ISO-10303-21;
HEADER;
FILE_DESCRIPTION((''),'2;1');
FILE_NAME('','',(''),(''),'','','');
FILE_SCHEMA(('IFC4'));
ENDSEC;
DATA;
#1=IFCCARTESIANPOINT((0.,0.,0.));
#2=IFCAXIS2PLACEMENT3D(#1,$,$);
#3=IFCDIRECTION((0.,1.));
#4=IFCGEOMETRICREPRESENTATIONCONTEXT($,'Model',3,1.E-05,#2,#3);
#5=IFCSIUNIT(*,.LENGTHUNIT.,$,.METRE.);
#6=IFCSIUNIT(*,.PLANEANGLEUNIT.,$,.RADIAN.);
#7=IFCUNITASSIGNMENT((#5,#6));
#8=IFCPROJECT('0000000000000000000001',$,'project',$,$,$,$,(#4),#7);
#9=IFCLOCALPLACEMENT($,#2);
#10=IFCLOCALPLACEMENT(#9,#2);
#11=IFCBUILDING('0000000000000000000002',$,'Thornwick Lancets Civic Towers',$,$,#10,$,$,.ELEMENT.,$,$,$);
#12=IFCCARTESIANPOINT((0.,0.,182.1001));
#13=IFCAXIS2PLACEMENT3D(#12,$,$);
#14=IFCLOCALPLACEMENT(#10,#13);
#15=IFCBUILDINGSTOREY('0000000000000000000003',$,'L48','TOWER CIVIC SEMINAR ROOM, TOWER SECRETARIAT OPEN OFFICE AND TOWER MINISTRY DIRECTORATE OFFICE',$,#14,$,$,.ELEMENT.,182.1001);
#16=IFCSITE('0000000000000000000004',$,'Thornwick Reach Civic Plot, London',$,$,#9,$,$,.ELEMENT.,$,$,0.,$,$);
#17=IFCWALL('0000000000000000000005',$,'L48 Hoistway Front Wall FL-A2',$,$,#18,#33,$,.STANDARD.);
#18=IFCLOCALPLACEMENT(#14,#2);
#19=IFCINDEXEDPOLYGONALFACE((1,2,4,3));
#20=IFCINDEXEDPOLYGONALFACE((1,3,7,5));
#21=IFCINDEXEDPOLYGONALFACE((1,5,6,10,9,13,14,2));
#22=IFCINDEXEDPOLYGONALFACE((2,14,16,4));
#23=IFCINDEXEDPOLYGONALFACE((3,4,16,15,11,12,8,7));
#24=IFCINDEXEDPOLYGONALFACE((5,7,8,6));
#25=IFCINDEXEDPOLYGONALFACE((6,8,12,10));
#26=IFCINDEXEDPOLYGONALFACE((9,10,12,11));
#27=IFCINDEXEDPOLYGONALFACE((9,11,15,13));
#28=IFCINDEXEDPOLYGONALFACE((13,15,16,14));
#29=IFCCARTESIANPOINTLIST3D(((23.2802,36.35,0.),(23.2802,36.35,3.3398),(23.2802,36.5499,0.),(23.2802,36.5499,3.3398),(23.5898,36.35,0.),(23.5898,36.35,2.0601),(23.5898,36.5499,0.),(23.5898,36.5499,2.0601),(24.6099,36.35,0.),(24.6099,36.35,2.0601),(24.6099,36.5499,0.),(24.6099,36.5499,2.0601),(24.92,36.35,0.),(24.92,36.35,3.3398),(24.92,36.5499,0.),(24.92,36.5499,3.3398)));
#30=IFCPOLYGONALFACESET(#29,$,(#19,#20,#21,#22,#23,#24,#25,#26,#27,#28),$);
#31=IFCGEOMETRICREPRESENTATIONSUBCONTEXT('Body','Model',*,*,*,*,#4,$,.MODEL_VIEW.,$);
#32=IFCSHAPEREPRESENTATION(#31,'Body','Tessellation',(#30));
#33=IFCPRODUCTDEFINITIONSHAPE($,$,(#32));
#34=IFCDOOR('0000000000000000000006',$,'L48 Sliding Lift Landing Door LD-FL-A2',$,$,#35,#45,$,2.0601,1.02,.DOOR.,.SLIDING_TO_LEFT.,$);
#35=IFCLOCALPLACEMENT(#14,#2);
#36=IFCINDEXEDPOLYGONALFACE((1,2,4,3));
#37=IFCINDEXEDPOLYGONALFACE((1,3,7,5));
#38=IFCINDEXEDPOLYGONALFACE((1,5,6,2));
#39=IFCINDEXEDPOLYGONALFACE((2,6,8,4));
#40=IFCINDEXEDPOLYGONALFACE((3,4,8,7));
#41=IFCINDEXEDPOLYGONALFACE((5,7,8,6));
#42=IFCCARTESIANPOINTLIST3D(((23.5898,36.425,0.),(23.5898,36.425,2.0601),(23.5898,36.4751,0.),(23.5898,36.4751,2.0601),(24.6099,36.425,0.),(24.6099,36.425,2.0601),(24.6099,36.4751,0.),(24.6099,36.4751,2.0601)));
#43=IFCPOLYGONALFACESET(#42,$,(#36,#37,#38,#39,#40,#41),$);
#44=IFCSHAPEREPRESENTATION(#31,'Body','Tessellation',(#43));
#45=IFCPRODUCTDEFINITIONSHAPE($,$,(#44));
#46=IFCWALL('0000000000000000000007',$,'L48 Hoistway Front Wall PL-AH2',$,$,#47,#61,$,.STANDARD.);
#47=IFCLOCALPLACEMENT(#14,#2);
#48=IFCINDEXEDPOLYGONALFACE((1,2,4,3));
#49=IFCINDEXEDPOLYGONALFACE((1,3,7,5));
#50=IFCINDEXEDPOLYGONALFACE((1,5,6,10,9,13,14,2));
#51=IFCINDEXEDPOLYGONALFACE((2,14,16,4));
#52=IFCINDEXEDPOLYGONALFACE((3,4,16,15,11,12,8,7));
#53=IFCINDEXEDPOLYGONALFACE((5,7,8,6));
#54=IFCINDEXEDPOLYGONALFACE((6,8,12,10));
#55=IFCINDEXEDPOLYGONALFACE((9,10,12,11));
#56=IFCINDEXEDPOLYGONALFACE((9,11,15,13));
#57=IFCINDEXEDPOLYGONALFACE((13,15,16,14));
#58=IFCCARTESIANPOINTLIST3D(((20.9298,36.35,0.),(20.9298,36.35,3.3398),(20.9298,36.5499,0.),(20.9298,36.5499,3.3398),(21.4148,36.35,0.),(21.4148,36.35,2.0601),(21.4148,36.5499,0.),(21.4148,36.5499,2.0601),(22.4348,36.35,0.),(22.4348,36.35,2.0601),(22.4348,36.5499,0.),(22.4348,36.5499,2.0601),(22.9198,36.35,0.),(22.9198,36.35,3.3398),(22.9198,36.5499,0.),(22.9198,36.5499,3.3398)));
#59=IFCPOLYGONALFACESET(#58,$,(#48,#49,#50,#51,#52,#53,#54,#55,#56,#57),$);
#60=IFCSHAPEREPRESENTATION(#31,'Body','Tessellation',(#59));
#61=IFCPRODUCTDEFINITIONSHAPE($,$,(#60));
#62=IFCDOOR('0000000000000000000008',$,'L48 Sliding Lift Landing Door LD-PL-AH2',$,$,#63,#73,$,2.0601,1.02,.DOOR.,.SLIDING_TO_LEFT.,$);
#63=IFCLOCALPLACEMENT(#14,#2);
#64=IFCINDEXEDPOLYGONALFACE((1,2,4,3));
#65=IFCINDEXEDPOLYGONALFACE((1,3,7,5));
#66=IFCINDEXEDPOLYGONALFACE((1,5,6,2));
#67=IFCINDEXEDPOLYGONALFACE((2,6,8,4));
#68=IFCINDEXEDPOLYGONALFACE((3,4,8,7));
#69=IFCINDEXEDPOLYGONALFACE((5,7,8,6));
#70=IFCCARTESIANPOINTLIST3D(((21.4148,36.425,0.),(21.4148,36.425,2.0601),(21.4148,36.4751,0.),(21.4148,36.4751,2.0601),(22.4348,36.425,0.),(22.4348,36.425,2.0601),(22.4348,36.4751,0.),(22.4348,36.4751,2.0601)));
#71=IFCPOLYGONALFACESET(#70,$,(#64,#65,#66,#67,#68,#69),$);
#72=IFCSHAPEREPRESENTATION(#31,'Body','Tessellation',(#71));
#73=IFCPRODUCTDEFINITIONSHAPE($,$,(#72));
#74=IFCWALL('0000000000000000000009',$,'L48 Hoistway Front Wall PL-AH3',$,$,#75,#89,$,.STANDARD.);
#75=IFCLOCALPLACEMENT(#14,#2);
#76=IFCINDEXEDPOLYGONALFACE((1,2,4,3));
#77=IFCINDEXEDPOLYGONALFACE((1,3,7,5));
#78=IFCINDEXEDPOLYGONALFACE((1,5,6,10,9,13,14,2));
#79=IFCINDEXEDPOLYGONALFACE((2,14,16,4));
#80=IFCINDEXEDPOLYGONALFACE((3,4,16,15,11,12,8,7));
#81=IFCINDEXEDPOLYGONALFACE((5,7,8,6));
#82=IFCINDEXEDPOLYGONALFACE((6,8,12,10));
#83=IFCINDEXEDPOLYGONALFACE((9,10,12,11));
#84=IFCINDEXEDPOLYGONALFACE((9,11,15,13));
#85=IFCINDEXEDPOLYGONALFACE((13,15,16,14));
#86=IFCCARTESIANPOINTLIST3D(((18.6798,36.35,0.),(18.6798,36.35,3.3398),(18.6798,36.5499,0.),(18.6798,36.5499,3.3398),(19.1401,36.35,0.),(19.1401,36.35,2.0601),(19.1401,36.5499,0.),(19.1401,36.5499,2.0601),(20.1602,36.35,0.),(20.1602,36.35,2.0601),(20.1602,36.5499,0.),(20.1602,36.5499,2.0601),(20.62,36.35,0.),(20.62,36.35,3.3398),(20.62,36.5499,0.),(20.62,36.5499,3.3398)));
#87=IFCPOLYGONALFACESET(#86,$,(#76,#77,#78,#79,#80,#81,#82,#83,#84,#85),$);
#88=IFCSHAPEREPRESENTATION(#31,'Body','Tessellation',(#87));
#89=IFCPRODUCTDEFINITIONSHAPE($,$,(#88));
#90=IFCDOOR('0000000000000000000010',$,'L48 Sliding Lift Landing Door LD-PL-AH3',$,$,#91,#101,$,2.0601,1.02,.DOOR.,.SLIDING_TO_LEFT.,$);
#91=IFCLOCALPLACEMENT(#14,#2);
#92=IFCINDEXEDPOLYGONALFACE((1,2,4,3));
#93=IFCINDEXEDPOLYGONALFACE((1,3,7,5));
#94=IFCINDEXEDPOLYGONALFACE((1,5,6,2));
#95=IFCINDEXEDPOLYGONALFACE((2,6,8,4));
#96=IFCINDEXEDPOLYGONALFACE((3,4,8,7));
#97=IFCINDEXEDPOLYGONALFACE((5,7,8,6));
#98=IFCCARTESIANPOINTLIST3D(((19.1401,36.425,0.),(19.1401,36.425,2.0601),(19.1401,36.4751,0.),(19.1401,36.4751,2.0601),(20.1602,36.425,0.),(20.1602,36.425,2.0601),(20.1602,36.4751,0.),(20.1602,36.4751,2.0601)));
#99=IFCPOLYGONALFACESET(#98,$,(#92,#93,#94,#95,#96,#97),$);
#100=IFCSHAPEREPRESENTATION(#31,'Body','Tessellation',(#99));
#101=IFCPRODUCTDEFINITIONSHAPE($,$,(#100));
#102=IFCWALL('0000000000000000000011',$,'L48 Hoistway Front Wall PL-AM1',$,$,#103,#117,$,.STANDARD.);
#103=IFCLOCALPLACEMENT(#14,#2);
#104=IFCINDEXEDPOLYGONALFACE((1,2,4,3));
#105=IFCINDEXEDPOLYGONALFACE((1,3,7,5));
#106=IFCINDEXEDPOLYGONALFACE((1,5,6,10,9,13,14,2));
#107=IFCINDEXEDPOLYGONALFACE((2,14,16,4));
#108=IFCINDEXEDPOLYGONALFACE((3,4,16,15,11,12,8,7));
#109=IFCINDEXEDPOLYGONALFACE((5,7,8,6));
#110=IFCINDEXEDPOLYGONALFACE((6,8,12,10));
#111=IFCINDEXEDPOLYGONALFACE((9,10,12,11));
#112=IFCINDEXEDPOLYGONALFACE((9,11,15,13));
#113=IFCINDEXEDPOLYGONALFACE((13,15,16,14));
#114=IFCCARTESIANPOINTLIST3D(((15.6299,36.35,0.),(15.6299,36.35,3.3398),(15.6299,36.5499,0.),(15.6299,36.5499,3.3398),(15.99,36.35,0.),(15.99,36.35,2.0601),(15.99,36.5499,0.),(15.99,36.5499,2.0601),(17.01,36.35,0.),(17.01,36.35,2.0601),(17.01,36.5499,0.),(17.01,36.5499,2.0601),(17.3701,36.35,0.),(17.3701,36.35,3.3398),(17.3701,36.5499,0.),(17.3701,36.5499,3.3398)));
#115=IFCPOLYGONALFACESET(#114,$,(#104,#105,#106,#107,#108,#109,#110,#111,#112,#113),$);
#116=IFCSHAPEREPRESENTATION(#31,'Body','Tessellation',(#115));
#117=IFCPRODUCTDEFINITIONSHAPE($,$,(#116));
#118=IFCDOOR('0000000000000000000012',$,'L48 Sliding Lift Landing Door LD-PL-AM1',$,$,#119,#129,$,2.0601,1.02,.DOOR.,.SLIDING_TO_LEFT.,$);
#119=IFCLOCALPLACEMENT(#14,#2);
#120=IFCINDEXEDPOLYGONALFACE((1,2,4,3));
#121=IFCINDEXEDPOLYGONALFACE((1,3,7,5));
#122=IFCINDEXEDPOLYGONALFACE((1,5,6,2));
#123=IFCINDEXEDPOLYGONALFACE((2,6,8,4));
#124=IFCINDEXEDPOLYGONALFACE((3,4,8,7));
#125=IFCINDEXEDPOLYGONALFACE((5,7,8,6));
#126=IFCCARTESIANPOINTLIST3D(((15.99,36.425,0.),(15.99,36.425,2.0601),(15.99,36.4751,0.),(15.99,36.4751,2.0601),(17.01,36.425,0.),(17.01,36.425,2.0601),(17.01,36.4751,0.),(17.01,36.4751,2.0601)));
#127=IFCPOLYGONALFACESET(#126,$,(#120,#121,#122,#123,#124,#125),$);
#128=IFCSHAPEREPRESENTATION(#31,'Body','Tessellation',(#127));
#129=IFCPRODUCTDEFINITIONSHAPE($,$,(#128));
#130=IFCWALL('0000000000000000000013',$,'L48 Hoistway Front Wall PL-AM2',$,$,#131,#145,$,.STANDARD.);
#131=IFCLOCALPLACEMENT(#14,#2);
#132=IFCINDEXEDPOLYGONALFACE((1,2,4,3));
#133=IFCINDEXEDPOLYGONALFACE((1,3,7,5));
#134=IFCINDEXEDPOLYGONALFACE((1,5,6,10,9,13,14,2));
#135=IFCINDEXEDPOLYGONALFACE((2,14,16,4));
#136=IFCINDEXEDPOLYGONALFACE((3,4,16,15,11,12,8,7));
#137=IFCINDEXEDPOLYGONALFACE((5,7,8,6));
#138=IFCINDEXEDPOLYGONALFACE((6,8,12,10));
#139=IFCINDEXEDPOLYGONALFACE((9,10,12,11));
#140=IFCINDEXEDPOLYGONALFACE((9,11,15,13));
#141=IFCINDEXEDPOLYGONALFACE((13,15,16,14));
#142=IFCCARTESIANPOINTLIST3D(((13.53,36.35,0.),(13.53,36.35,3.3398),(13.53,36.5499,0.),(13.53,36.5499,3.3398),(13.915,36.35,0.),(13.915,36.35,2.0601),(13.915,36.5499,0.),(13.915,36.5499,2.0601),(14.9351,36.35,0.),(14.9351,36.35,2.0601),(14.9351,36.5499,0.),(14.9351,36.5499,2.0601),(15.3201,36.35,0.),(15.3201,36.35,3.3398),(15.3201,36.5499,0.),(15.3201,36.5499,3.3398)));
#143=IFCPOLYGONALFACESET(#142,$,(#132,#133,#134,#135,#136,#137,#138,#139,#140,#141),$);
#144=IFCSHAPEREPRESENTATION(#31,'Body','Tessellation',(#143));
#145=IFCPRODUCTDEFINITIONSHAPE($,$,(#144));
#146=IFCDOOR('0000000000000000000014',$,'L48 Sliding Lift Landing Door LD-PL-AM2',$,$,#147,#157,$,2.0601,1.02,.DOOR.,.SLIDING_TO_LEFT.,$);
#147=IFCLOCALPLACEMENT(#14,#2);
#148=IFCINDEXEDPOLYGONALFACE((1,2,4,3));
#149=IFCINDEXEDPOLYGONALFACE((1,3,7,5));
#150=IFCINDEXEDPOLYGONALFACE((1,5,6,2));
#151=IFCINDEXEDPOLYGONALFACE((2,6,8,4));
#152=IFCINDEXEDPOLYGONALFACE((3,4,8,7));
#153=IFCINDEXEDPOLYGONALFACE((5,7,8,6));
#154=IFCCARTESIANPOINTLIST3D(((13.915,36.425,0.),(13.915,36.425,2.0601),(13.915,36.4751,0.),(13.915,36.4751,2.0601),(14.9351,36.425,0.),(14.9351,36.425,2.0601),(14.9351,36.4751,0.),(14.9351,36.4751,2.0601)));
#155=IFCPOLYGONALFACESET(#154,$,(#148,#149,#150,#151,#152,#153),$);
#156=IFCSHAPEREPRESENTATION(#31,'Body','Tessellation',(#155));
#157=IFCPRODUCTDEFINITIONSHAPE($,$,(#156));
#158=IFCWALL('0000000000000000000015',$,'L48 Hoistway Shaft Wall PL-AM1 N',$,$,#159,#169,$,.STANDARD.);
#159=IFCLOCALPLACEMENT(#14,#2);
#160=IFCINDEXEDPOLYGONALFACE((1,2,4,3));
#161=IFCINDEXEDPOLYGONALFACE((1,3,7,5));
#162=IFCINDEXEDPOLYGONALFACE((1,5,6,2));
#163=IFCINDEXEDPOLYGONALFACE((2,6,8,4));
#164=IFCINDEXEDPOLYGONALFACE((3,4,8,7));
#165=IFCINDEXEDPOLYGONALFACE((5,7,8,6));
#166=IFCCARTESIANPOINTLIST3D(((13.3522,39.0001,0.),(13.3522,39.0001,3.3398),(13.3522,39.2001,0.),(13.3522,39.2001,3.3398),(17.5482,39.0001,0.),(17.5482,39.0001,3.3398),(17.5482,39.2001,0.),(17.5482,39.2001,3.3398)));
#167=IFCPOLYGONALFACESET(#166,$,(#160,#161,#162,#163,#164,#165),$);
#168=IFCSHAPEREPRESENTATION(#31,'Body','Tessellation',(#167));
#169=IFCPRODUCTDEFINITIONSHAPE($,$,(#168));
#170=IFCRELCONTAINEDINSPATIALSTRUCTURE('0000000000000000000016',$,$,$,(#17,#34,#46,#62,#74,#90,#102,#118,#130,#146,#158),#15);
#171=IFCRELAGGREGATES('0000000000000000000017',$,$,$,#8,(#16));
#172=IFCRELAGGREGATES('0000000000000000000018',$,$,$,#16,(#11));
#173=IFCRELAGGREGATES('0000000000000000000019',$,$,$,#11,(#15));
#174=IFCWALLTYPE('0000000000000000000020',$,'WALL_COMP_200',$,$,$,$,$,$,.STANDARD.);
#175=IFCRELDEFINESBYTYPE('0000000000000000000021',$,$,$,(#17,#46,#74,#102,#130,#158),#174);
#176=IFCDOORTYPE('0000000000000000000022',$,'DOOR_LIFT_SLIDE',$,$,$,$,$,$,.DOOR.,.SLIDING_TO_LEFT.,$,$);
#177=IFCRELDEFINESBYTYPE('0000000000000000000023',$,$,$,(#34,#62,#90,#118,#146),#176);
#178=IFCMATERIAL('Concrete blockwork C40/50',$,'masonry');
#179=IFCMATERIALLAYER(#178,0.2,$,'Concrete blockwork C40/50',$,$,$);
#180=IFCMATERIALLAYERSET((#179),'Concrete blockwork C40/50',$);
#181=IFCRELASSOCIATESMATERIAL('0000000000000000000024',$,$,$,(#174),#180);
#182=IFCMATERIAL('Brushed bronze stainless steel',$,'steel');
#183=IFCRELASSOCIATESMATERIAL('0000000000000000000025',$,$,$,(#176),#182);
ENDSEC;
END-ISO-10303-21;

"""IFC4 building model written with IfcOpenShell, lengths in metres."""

from ifc_helpers import new_model, si_unit, direction, frame, frame_2d, origin, place, context, subcontext, project, spatial, rectangle, extrude, material, layer, layer_set, type_object, element, fill, save


model = new_model("IFC4")

# Units and contexts
model_context = context("Model", 3, precision=1e-05, world=origin(), true_north=direction((0.0, 1.0)))
body_context = subcontext(model_context, "Body", "Model", "MODEL_VIEW")
ifc_project = project(units=[si_unit("LENGTHUNIT", "METRE"), si_unit("PLANEANGLEUNIT", "RADIAN")], contexts=[model_context])

# Site, building, storey
site_placement = place(None, origin())
site = spatial("IfcSite", under=ifc_project, at=site_placement, Name="Thornwick Reach Civic Plot, London", CompositionType="ELEMENT", RefElevation=0.0)
building_placement = place(site_placement, origin())
building = spatial("IfcBuilding", under=site, at=building_placement, Name="Thornwick Lancets Civic Towers", CompositionType="ELEMENT")
storey_placement = place(building_placement, frame((0.0, 0.0, 182.1001)))
storey = spatial("IfcBuildingStorey", under=building, at=storey_placement, Name="L48", Description="TOWER CIVIC SEMINAR ROOM, TOWER SECRETARIAT OPEN OFFICE AND TOWER MINISTRY DIRECTORATE OFFICE", CompositionType="ELEMENT", Elevation=182.1001)

# Walls, openings, doors
ifc_material_1 = material(Name="Concrete blockwork C40/50", Category="masonry")
ifc_layer_1 = layer(ifc_material_1, 0.2, Name="Concrete blockwork C40/50")
ifc_layer_set_1 = layer_set([ifc_layer_1], Name="Concrete blockwork C40/50")
wall_type_1 = type_object("IfcWallType", Name="WALL_COMP_200", PredefinedType="STANDARD", material=ifc_layer_set_1)
wall_1_placement = place(storey_placement, frame((24.9199, 36.45, 0.0), z_axis=(0.0, 0.0, 1.0), x_axis=(-1.0, 0.0, 0.0)))
wall_1 = element("IfcWall", 1, at=wall_1_placement, inside=storey, type_object=wall_type_1, Name="L48 Hoistway Front Wall FL-A2", PredefinedType="STANDARD", context=body_context, shape_type="SweptSolid", body=[
    extrude(rectangle(XDim=1.6399, YDim=0.2, at=frame_2d((0.8198, 0.0))), origin(), (0.0, 0.0, 1.0), 3.3398),
])
opening_1_placement = place(wall_1_placement, frame((0.3101, 0.0, 0.0)))
opening_1 = element("IfcOpeningElement", 2, at=opening_1_placement, cuts=wall_1, PredefinedType="OPENING", context=body_context, shape_type="SweptSolid", body=[
    extrude(rectangle(XDim=1.02, YDim=2.0601, at=frame_2d((0.51, 1.03))), frame((0.0, 0.1099, 0.0), z_axis=(0.0, -1.0, 0.0), x_axis=(1.0, 0.0, 0.0)), (0.0, 0.0, 1.0), 0.22),
])
ifc_material_2 = material(Name="Brushed bronze stainless steel", Category="steel")
door_type = type_object("IfcDoorType", Name="DOOR_LIFT_SLIDE", OperationType="SLIDING_TO_LEFT", PredefinedType="DOOR", material=ifc_material_2)
door_1_placement = place(opening_1_placement, origin())
door_1 = element("IfcDoor", 3, at=door_1_placement, inside=storey, type_object=door_type, Name="L48 Sliding Lift Landing Door LD-FL-A2", OperationType="SLIDING_TO_LEFT", OverallHeight=2.0601, OverallWidth=1.02, PredefinedType="DOOR", context=body_context, shape_type="SweptSolid", body=[
    extrude(rectangle(XDim=1.02, YDim=2.0601, at=frame_2d((0.51, 1.03))), frame((0.0, 0.0249, 0.0), z_axis=(0.0, -1.0, 0.0), x_axis=(1.0, 0.0, 0.0)), (0.0, 0.0, 1.0), 0.05),
])
fill(opening_1, door_1)
wall_2_placement = place(storey_placement, frame((22.9199, 36.45, 0.0), z_axis=(0.0, 0.0, 1.0), x_axis=(-1.0, 0.0, 0.0)))
wall_2 = element("IfcWall", 4, at=wall_2_placement, inside=storey, type_object=wall_type_1, Name="L48 Hoistway Front Wall PL-AH2", PredefinedType="STANDARD", context=body_context, shape_type="SweptSolid", body=[
    extrude(rectangle(XDim=1.99, YDim=0.2, at=frame_2d((0.9951, 0.0))), origin(), (0.0, 0.0, 1.0), 3.3398),
])
opening_2_placement = place(wall_2_placement, frame((0.4851, 0.0, 0.0)))
opening_2 = element("IfcOpeningElement", 5, at=opening_2_placement, cuts=wall_2, PredefinedType="OPENING", context=body_context, shape_type="SweptSolid", body=[
    extrude(rectangle(XDim=1.02, YDim=2.0601, at=frame_2d((0.51, 1.03))), frame((0.0, 0.1099, 0.0), z_axis=(0.0, -1.0, 0.0), x_axis=(1.0, 0.0, 0.0)), (0.0, 0.0, 1.0), 0.22),
])
door_2_placement = place(opening_2_placement, origin())
door_2 = element("IfcDoor", 6, at=door_2_placement, inside=storey, type_object=door_type, Name="L48 Sliding Lift Landing Door LD-PL-AH2", OperationType="SLIDING_TO_LEFT", OverallHeight=2.0601, OverallWidth=1.02, PredefinedType="DOOR", context=body_context, shape_type="SweptSolid", body=[
    extrude(rectangle(XDim=1.02, YDim=2.0601, at=frame_2d((0.51, 1.03))), frame((0.0, 0.0249, 0.0), z_axis=(0.0, -1.0, 0.0), x_axis=(1.0, 0.0, 0.0)), (0.0, 0.0, 1.0), 0.05),
])
fill(opening_2, door_2)
wall_3_placement = place(storey_placement, frame((20.6201, 36.45, 0.0), z_axis=(0.0, 0.0, 1.0), x_axis=(-1.0, 0.0, 0.0)))
wall_3 = element("IfcWall", 7, at=wall_3_placement, inside=storey, type_object=wall_type_1, Name="L48 Hoistway Front Wall PL-AH3", PredefinedType="STANDARD", context=body_context, shape_type="SweptSolid", body=[
    extrude(rectangle(XDim=1.9402, YDim=0.2, at=frame_2d((0.9702, 0.0))), origin(), (0.0, 0.0, 1.0), 3.3398),
])
opening_3_placement = place(wall_3_placement, frame((0.46, 0.0, 0.0)))
opening_3 = element("IfcOpeningElement", 8, at=opening_3_placement, cuts=wall_3, PredefinedType="OPENING", context=body_context, shape_type="SweptSolid", body=[
    extrude(rectangle(XDim=1.02, YDim=2.0601, at=frame_2d((0.51, 1.03))), frame((0.0, 0.1099, 0.0), z_axis=(0.0, -1.0, 0.0), x_axis=(1.0, 0.0, 0.0)), (0.0, 0.0, 1.0), 0.22),
])
door_3_placement = place(opening_3_placement, origin())
door_3 = element("IfcDoor", 9, at=door_3_placement, inside=storey, type_object=door_type, Name="L48 Sliding Lift Landing Door LD-PL-AH3", OperationType="SLIDING_TO_LEFT", OverallHeight=2.0601, OverallWidth=1.02, PredefinedType="DOOR", context=body_context, shape_type="SweptSolid", body=[
    extrude(rectangle(XDim=1.02, YDim=2.0601, at=frame_2d((0.51, 1.03))), frame((0.0, 0.0249, 0.0), z_axis=(0.0, -1.0, 0.0), x_axis=(1.0, 0.0, 0.0)), (0.0, 0.0, 1.0), 0.05),
])
fill(opening_3, door_3)
wall_4_placement = place(storey_placement, frame((17.3701, 36.45, 0.0), z_axis=(0.0, 0.0, 1.0), x_axis=(-1.0, 0.0, 0.0)))
wall_4 = element("IfcWall", 10, at=wall_4_placement, inside=storey, type_object=wall_type_1, Name="L48 Hoistway Front Wall PL-AM1", PredefinedType="STANDARD", context=body_context, shape_type="SweptSolid", body=[
    extrude(rectangle(XDim=1.7402, YDim=0.2, at=frame_2d((0.8701, 0.0))), origin(), (0.0, 0.0, 1.0), 3.3398),
])
opening_4_placement = place(wall_4_placement, frame((0.3601, 0.0, 0.0)))
opening_4 = element("IfcOpeningElement", 11, at=opening_4_placement, cuts=wall_4, PredefinedType="OPENING", context=body_context, shape_type="SweptSolid", body=[
    extrude(rectangle(XDim=1.02, YDim=2.0601, at=frame_2d((0.51, 1.03))), frame((0.0, 0.1099, 0.0), z_axis=(0.0, -1.0, 0.0), x_axis=(1.0, 0.0, 0.0)), (0.0, 0.0, 1.0), 0.22),
])
door_4_placement = place(opening_4_placement, origin())
door_4 = element("IfcDoor", 12, at=door_4_placement, inside=storey, type_object=door_type, Name="L48 Sliding Lift Landing Door LD-PL-AM1", OperationType="SLIDING_TO_LEFT", OverallHeight=2.0601, OverallWidth=1.02, PredefinedType="DOOR", context=body_context, shape_type="SweptSolid", body=[
    extrude(rectangle(XDim=1.02, YDim=2.0601, at=frame_2d((0.51, 1.03))), frame((0.0, 0.0249, 0.0), z_axis=(0.0, -1.0, 0.0), x_axis=(1.0, 0.0, 0.0)), (0.0, 0.0, 1.0), 0.05),
])
fill(opening_4, door_4)
wall_5_placement = place(storey_placement, frame((15.3201, 36.45, 0.0), z_axis=(0.0, 0.0, 1.0), x_axis=(-1.0, 0.0, 0.0)))
wall_5 = element("IfcWall", 13, at=wall_5_placement, inside=storey, type_object=wall_type_1, Name="L48 Hoistway Front Wall PL-AM2", PredefinedType="STANDARD", context=body_context, shape_type="SweptSolid", body=[
    extrude(rectangle(XDim=1.79, YDim=0.2, at=frame_2d((0.895, 0.0))), origin(), (0.0, 0.0, 1.0), 3.3398),
])
opening_5_placement = place(wall_5_placement, frame((0.385, 0.0, 0.0)))
opening_5 = element("IfcOpeningElement", 14, at=opening_5_placement, cuts=wall_5, PredefinedType="OPENING", context=body_context, shape_type="SweptSolid", body=[
    extrude(rectangle(XDim=1.02, YDim=2.0601, at=frame_2d((0.51, 1.03))), frame((0.0, 0.1099, 0.0), z_axis=(0.0, -1.0, 0.0), x_axis=(1.0, 0.0, 0.0)), (0.0, 0.0, 1.0), 0.22),
])
door_5_placement = place(opening_5_placement, origin())
door_5 = element("IfcDoor", 15, at=door_5_placement, inside=storey, type_object=door_type, Name="L48 Sliding Lift Landing Door LD-PL-AM2", OperationType="SLIDING_TO_LEFT", OverallHeight=2.0601, OverallWidth=1.02, PredefinedType="DOOR", context=body_context, shape_type="SweptSolid", body=[
    extrude(rectangle(XDim=1.02, YDim=2.0601, at=frame_2d((0.51, 1.03))), frame((0.0, 0.0249, 0.0), z_axis=(0.0, -1.0, 0.0), x_axis=(1.0, 0.0, 0.0)), (0.0, 0.0, 1.0), 0.05),
])
fill(opening_5, door_5)

# Wall
wall_6_placement = place(storey_placement, frame((13.3521, 39.1001, 0.0), z_axis=(0.0, 0.0, 1.0), x_axis=(1.0, 0.0, 0.0)))
element("IfcWall", 16, at=wall_6_placement, inside=storey, type_object=wall_type_1, Name="L48 Hoistway Shaft Wall PL-AM1 N", PredefinedType="STANDARD", context=body_context, shape_type="SweptSolid", body=[
    extrude(rectangle(XDim=4.196, YDim=0.2, at=frame_2d((2.0981, 0.0))), origin(), (0.0, 0.0, 1.0), 3.3398),
])

save(model, "model.ifc")
